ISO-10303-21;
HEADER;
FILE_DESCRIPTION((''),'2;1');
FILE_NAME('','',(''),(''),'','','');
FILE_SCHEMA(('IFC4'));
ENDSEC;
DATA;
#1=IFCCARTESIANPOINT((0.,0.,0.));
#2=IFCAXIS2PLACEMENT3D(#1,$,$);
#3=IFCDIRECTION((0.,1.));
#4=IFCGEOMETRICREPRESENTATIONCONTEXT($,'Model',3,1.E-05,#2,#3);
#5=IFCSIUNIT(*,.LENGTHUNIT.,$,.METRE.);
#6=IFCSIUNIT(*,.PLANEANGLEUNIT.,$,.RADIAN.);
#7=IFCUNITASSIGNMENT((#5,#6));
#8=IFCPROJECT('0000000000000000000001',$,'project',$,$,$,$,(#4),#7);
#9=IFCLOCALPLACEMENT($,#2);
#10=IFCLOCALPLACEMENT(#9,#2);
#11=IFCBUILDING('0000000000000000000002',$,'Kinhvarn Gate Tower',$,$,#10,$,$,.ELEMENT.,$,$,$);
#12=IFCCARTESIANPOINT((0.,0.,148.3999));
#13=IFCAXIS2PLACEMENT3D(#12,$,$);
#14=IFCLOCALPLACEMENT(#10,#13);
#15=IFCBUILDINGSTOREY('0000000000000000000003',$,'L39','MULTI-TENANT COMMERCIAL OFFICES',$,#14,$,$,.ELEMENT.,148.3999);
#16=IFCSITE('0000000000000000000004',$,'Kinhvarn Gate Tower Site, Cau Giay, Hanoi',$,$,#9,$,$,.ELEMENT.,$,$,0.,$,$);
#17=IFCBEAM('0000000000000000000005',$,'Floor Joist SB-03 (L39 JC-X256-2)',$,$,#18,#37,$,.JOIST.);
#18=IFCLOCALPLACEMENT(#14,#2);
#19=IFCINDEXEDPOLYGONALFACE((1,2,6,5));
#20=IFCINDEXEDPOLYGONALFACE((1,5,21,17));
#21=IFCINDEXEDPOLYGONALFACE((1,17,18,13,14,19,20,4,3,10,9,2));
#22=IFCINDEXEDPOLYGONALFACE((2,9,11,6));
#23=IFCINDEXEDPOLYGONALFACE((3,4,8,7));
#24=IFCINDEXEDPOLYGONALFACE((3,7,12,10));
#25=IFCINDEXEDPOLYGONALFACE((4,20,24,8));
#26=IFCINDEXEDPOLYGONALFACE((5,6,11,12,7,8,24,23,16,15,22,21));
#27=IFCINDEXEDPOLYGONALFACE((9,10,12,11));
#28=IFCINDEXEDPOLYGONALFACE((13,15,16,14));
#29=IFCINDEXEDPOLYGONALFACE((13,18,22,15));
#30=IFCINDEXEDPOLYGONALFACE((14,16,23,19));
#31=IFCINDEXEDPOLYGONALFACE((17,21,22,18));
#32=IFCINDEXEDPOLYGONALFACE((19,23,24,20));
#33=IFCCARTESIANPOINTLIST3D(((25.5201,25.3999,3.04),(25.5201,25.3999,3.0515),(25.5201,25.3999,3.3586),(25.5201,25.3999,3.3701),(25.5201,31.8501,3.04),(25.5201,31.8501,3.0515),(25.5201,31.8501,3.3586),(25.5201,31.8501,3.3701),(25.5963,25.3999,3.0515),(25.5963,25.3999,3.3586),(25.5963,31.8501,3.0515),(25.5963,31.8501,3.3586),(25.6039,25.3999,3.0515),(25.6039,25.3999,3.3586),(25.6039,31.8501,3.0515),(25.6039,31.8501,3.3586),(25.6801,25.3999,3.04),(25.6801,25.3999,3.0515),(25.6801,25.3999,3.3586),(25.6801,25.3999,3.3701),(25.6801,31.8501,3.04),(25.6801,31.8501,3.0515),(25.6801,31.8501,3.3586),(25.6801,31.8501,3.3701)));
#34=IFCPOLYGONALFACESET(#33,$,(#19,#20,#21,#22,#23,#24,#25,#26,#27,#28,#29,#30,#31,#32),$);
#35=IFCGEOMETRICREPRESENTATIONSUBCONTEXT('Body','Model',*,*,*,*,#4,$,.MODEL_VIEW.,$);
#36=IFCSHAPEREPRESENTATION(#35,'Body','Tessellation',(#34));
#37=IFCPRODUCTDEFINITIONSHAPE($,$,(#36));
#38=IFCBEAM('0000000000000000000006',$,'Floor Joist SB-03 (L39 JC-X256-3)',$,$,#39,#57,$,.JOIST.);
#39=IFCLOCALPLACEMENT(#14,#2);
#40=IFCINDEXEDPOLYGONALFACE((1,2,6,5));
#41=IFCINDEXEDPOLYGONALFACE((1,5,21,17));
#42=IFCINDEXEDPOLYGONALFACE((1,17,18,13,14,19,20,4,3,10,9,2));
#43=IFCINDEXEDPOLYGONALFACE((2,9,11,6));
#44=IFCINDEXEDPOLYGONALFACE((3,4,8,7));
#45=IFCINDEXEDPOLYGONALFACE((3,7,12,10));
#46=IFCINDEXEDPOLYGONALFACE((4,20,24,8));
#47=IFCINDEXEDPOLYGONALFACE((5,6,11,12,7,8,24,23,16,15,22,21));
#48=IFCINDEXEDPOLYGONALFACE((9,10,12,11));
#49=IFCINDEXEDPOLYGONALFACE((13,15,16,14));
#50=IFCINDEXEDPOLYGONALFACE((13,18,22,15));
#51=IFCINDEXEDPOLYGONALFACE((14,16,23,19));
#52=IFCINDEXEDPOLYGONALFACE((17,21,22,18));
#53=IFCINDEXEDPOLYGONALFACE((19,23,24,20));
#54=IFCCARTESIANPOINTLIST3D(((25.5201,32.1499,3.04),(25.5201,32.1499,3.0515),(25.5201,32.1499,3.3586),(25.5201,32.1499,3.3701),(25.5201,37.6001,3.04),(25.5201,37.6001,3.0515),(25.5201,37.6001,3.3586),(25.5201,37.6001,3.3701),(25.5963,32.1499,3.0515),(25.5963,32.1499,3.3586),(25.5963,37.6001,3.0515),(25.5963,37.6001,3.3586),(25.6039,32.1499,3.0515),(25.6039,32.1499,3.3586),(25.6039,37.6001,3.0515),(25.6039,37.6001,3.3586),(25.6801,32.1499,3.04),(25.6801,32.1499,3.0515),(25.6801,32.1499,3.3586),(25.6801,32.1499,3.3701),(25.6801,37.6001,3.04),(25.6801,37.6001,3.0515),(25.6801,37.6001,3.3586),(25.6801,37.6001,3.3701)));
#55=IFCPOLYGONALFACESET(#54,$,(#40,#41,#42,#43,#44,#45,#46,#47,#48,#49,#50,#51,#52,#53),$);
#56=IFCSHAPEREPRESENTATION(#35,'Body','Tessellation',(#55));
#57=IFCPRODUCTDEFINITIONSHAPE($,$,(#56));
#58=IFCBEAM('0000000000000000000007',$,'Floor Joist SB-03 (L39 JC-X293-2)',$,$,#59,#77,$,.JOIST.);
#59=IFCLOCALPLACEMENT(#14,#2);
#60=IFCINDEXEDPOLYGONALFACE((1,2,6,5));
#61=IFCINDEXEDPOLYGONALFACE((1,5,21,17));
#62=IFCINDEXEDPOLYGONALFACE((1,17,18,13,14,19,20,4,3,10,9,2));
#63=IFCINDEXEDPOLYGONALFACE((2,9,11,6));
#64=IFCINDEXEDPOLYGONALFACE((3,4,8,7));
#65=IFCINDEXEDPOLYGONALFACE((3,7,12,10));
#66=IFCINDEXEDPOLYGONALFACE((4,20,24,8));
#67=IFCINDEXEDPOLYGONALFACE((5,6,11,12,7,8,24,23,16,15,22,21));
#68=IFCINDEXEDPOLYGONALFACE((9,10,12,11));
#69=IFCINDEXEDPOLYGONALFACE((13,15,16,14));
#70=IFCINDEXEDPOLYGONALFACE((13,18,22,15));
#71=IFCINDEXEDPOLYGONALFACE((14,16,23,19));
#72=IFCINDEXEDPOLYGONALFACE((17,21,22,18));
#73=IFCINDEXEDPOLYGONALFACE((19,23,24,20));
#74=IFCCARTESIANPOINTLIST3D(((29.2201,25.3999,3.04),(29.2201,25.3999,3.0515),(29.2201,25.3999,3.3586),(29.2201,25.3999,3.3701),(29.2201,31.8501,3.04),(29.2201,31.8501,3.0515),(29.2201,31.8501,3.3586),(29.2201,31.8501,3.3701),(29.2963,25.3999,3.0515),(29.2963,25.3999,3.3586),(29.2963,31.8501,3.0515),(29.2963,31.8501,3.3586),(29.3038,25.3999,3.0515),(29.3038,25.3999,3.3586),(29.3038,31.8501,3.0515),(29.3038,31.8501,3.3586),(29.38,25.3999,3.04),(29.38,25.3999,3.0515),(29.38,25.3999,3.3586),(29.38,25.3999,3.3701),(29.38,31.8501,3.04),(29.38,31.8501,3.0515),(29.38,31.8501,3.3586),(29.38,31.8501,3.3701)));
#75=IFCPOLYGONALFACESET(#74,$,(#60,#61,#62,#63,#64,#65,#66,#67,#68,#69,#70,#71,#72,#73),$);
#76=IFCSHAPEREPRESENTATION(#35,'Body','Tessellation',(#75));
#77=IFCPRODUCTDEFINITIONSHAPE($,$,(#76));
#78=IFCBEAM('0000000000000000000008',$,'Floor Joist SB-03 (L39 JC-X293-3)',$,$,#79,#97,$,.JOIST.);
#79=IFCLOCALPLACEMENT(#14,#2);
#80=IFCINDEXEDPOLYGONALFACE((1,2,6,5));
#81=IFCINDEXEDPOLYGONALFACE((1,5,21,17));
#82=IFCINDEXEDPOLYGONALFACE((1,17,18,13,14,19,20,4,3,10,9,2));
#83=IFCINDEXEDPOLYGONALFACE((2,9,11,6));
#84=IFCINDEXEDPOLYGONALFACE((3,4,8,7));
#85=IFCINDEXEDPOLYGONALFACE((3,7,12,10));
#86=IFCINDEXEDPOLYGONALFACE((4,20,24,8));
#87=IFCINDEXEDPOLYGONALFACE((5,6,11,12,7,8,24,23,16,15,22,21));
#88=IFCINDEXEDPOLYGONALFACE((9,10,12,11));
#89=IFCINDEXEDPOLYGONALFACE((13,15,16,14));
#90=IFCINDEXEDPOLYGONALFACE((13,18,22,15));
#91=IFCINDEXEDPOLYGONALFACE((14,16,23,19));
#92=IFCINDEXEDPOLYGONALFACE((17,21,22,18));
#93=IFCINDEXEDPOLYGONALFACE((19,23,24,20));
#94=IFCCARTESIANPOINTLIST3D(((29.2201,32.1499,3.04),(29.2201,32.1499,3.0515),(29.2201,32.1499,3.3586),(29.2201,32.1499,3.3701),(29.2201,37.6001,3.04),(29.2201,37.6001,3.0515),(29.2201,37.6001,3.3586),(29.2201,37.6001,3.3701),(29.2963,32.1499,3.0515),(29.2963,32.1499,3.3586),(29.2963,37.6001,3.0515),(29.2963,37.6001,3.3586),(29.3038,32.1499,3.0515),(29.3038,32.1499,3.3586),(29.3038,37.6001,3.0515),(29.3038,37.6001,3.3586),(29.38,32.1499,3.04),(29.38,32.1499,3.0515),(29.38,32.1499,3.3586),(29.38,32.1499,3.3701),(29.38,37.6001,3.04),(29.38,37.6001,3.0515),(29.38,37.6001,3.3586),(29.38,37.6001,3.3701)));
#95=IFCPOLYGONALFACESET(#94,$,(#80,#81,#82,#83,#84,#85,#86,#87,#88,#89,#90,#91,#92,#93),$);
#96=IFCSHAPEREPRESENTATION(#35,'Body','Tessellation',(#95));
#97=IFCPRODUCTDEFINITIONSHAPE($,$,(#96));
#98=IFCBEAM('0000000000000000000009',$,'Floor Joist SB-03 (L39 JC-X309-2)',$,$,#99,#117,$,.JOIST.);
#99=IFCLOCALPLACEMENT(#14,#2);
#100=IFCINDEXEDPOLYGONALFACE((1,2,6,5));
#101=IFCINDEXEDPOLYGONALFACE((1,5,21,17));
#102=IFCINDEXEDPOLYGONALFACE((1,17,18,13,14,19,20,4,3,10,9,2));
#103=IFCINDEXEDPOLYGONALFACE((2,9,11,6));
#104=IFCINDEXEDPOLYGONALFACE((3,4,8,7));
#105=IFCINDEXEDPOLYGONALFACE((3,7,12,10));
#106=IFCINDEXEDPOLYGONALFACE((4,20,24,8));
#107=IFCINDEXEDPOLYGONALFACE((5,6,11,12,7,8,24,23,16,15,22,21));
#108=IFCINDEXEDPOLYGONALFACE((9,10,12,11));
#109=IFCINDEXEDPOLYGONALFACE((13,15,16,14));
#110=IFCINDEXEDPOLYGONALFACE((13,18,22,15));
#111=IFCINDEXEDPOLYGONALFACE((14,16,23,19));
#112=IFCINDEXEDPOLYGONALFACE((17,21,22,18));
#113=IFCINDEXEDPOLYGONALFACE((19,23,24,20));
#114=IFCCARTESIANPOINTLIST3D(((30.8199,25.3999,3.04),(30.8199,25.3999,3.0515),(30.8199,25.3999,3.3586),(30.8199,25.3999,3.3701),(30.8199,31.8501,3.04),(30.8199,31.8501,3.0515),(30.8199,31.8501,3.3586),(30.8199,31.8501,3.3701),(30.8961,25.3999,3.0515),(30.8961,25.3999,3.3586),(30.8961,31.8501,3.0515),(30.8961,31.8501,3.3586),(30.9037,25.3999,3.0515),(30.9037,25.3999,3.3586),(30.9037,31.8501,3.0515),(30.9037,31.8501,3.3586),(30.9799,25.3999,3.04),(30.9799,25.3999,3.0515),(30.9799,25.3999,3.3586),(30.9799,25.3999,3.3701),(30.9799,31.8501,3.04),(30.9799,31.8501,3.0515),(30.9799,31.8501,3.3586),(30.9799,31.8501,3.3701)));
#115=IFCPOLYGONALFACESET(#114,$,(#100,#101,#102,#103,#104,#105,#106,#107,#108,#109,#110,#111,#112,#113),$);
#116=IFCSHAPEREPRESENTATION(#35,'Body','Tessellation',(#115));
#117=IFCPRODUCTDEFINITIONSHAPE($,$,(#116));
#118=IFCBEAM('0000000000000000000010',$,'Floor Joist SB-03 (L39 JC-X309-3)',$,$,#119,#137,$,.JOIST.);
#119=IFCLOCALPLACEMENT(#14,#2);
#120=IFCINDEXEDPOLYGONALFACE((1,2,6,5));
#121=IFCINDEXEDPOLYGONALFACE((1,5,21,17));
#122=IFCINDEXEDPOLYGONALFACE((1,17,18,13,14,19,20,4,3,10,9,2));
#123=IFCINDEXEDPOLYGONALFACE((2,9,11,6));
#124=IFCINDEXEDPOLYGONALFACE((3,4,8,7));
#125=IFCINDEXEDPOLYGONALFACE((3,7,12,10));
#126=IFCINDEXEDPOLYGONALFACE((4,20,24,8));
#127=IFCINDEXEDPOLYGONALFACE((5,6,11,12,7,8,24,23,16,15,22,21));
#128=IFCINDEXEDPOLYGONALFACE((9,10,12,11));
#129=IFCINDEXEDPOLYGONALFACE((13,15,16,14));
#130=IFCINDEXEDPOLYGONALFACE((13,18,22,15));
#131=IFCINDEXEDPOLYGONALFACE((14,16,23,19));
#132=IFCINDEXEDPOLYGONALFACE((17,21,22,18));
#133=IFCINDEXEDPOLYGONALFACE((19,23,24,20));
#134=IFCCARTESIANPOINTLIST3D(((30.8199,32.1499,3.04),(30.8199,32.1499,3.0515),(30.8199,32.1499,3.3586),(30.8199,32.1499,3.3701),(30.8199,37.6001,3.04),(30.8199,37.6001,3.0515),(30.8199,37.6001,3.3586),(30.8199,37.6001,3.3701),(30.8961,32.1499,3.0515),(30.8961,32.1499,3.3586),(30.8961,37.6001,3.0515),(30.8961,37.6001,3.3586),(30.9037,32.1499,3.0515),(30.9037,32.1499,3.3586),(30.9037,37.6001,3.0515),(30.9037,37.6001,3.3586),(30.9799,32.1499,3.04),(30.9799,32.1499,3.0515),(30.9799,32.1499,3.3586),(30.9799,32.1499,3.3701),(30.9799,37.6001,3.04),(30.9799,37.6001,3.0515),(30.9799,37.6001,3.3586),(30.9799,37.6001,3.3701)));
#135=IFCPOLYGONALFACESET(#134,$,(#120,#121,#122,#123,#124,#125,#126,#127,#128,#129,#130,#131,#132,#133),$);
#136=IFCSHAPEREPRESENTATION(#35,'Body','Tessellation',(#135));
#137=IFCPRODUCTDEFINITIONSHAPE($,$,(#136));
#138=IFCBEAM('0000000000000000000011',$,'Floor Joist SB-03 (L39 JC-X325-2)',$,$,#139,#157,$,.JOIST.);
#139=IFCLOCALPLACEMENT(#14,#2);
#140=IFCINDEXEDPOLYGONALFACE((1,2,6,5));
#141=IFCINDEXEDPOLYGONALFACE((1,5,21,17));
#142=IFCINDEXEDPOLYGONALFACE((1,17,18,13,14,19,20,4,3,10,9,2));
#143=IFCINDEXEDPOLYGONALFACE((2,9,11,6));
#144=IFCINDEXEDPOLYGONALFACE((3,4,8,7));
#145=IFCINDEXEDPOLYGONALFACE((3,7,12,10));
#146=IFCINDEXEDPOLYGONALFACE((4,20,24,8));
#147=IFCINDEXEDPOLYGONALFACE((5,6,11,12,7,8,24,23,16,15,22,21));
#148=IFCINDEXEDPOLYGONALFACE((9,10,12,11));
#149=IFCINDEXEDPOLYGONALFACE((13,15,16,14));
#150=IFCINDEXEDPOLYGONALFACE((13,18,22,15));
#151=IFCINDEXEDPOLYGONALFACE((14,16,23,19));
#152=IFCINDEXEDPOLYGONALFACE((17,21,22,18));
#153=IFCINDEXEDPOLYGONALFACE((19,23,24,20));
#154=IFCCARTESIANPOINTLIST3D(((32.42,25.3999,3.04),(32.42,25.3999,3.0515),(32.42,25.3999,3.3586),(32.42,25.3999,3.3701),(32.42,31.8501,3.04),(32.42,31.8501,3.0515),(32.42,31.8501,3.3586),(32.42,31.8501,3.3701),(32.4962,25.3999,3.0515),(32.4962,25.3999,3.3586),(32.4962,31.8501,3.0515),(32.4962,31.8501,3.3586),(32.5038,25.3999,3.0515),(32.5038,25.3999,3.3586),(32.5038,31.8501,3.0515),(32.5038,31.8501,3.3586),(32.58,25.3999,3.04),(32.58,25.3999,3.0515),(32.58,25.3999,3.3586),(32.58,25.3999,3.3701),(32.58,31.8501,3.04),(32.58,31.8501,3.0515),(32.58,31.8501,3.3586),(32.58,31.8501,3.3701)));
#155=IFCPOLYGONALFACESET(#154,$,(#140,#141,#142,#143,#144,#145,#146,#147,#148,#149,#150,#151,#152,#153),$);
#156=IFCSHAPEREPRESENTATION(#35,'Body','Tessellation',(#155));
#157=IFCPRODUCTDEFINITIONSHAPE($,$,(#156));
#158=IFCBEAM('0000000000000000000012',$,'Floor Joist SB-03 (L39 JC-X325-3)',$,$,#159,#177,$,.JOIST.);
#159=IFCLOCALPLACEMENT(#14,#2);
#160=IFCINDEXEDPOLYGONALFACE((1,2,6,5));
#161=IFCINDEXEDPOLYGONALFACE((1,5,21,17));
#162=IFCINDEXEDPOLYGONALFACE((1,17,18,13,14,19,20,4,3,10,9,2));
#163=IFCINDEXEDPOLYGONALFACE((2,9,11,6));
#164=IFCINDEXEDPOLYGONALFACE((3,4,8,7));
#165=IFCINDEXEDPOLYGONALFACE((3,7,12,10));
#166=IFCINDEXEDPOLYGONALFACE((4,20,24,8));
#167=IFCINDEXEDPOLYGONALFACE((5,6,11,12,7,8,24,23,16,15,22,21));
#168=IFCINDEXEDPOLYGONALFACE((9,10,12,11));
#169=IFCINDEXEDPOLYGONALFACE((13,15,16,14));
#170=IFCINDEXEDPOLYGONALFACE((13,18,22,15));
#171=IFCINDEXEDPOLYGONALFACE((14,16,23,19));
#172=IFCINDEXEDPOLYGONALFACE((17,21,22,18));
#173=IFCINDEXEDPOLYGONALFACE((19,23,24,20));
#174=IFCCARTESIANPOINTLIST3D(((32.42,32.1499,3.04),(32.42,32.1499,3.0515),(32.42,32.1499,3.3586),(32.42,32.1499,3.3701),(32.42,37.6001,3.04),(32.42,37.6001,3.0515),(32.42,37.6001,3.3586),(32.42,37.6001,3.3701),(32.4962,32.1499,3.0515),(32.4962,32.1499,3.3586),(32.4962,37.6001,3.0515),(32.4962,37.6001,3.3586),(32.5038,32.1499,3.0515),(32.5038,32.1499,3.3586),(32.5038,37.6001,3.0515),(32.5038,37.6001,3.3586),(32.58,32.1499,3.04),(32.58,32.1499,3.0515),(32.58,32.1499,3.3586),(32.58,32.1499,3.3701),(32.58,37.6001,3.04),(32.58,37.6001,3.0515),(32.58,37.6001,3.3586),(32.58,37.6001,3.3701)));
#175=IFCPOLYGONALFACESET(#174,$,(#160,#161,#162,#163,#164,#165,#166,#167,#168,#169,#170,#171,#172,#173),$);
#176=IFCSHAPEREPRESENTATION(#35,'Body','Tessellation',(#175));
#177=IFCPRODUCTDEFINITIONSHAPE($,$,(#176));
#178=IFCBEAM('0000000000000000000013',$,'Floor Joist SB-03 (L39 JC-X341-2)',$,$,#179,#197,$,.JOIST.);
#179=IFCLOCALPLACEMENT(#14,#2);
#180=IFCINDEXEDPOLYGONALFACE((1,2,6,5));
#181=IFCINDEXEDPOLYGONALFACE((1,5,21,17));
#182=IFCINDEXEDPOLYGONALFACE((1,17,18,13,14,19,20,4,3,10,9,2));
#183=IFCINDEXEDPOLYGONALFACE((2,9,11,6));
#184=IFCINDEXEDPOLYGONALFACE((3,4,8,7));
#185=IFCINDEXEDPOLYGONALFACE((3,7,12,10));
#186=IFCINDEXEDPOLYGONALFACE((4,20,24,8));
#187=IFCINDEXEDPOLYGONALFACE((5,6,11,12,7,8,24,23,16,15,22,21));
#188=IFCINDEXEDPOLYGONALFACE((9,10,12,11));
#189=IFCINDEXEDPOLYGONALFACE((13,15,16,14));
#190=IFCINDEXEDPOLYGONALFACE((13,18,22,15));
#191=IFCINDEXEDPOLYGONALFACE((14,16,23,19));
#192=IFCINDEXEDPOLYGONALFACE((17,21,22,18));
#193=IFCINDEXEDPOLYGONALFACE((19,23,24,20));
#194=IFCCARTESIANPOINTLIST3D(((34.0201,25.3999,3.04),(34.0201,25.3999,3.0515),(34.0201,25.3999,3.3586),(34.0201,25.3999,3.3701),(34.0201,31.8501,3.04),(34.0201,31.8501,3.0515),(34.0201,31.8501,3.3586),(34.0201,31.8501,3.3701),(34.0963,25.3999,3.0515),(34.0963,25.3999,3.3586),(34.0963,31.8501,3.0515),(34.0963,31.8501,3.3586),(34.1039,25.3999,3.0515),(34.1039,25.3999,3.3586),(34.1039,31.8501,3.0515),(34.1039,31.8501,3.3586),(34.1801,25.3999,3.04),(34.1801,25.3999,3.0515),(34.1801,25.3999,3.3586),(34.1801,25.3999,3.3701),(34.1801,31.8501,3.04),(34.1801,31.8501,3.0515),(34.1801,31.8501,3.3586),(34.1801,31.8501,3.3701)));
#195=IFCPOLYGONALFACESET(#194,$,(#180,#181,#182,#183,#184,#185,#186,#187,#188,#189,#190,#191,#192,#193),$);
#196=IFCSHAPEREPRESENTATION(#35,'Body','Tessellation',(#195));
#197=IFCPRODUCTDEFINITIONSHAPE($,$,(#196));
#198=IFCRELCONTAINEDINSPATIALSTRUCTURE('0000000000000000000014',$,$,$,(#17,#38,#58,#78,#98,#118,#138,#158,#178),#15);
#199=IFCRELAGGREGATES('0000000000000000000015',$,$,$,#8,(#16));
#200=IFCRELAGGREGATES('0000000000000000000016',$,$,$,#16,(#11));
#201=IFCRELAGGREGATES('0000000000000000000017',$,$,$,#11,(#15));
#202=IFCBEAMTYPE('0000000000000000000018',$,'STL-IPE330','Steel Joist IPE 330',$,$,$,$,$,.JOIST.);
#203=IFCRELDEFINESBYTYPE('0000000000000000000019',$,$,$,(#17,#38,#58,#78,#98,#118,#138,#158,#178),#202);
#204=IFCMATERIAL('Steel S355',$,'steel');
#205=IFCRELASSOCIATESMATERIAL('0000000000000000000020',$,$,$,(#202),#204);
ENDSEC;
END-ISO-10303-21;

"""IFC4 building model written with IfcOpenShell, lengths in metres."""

from ifc_helpers import new_model, si_unit, direction, frame, origin, origin_2d, place, context, subcontext, project, spatial, i_section, extrude, material, material_profile, profile_set, type_object, element, save


model = new_model("IFC4")

# Units and contexts
model_context = context("Model", 3, precision=1e-05, world=origin(), true_north=direction((0.0, 1.0)))
body_context = subcontext(model_context, "Body", "Model", "MODEL_VIEW")
ifc_project = project(units=[si_unit("LENGTHUNIT", "METRE"), si_unit("PLANEANGLEUNIT", "RADIAN")], contexts=[model_context])

# Site, building, storey
site_placement = place(None, origin())
site = spatial("IfcSite", under=ifc_project, at=site_placement, Name="Kinhvarn Gate Tower Site, Cau Giay, Hanoi", CompositionType="ELEMENT", RefElevation=0.0)
building_placement = place(site_placement, origin())
building = spatial("IfcBuilding", under=site, at=building_placement, Name="Kinhvarn Gate Tower", CompositionType="ELEMENT")
storey_placement = place(building_placement, frame((0.0, 0.0, 148.3999)))
storey = spatial("IfcBuildingStorey", under=building, at=storey_placement, Name="L39", Description="MULTI-TENANT COMMERCIAL OFFICES", CompositionType="ELEMENT", Elevation=148.3999)

# Beams
ifc_material_1 = material(Name="Steel S355", Category="steel")
ifc_material_profile = material_profile(ifc_material_1, i_section(OverallWidth=0.1599, OverallDepth=0.3301, WebThickness=0.0076, FlangeThickness=0.0115, at=origin_2d()), Name="IPE 330")
ifc_profile_set = profile_set([ifc_material_profile], Name="Steel S355")
beam_type = type_object("IfcBeamType", Name="STL-IPE330", Description="Steel Joist IPE 330", PredefinedType="JOIST", material=ifc_profile_set)
beam_1_placement = place(storey_placement, frame((25.6001, 25.3999, 3.2051), z_axis=(0.0, 1.0, 0.0), x_axis=(-1.0, 0.0, 0.0)))
element("IfcBeam", 1, at=beam_1_placement, inside=storey, type_object=beam_type, Name="Floor Joist SB-03 (L39 JC-X256-2)", PredefinedType="JOIST", context=body_context, shape_type="SweptSolid", body=[
    extrude(i_section(OverallWidth=0.1599, OverallDepth=0.3301, WebThickness=0.0076, FlangeThickness=0.0115, at=origin_2d()), origin(), (0.0, 0.0, 1.0), 6.4502),
])
beam_2_placement = place(storey_placement, frame((25.6001, 32.1499, 3.2051), z_axis=(0.0, 1.0, 0.0), x_axis=(-1.0, 0.0, 0.0)))
element("IfcBeam", 2, at=beam_2_placement, inside=storey, type_object=beam_type, Name="Floor Joist SB-03 (L39 JC-X256-3)", PredefinedType="JOIST", context=body_context, shape_type="SweptSolid", body=[
    extrude(i_section(OverallWidth=0.1599, OverallDepth=0.3301, WebThickness=0.0076, FlangeThickness=0.0115, at=origin_2d()), origin(), (0.0, 0.0, 1.0), 5.4502),
])
beam_3_placement = place(storey_placement, frame((29.3, 25.3999, 3.2051), z_axis=(0.0, 1.0, 0.0), x_axis=(-1.0, 0.0, 0.0)))
element("IfcBeam", 3, at=beam_3_placement, inside=storey, type_object=beam_type, Name="Floor Joist SB-03 (L39 JC-X293-2)", PredefinedType="JOIST", context=body_context, shape_type="SweptSolid", body=[
    extrude(i_section(OverallWidth=0.1599, OverallDepth=0.3301, WebThickness=0.0076, FlangeThickness=0.0115, at=origin_2d()), origin(), (0.0, 0.0, 1.0), 6.4502),
])
beam_4_placement = place(storey_placement, frame((29.3, 32.1499, 3.2051), z_axis=(0.0, 1.0, 0.0), x_axis=(-1.0, 0.0, 0.0)))
element("IfcBeam", 4, at=beam_4_placement, inside=storey, type_object=beam_type, Name="Floor Joist SB-03 (L39 JC-X293-3)", PredefinedType="JOIST", context=body_context, shape_type="SweptSolid", body=[
    extrude(i_section(OverallWidth=0.1599, OverallDepth=0.3301, WebThickness=0.0076, FlangeThickness=0.0115, at=origin_2d()), origin(), (0.0, 0.0, 1.0), 5.4502),
])
beam_5_placement = place(storey_placement, frame((30.8999, 25.3999, 3.2051), z_axis=(0.0, 1.0, 0.0), x_axis=(-1.0, 0.0, 0.0)))
element("IfcBeam", 5, at=beam_5_placement, inside=storey, type_object=beam_type, Name="Floor Joist SB-03 (L39 JC-X309-2)", PredefinedType="JOIST", context=body_context, shape_type="SweptSolid", body=[
    extrude(i_section(OverallWidth=0.1599, OverallDepth=0.3301, WebThickness=0.0076, FlangeThickness=0.0115, at=origin_2d()), origin(), (0.0, 0.0, 1.0), 6.4502),
])
beam_6_placement = place(storey_placement, frame((30.8999, 32.1499, 3.2051), z_axis=(0.0, 1.0, 0.0), x_axis=(-1.0, 0.0, 0.0)))
element("IfcBeam", 6, at=beam_6_placement, inside=storey, type_object=beam_type, Name="Floor Joist SB-03 (L39 JC-X309-3)", PredefinedType="JOIST", context=body_context, shape_type="SweptSolid", body=[
    extrude(i_section(OverallWidth=0.1599, OverallDepth=0.3301, WebThickness=0.0076, FlangeThickness=0.0115, at=origin_2d()), origin(), (0.0, 0.0, 1.0), 5.4502),
])
beam_7_placement = place(storey_placement, frame((32.5, 25.3999, 3.2051), z_axis=(0.0, 1.0, 0.0), x_axis=(-1.0, 0.0, 0.0)))
element("IfcBeam", 7, at=beam_7_placement, inside=storey, type_object=beam_type, Name="Floor Joist SB-03 (L39 JC-X325-2)", PredefinedType="JOIST", context=body_context, shape_type="SweptSolid", body=[
    extrude(i_section(OverallWidth=0.1599, OverallDepth=0.3301, WebThickness=0.0076, FlangeThickness=0.0115, at=origin_2d()), origin(), (0.0, 0.0, 1.0), 6.4502),
])
beam_8_placement = place(storey_placement, frame((32.5, 32.1499, 3.2051), z_axis=(0.0, 1.0, 0.0), x_axis=(-1.0, 0.0, 0.0)))
element("IfcBeam", 8, at=beam_8_placement, inside=storey, type_object=beam_type, Name="Floor Joist SB-03 (L39 JC-X325-3)", PredefinedType="JOIST", context=body_context, shape_type="SweptSolid", body=[
    extrude(i_section(OverallWidth=0.1599, OverallDepth=0.3301, WebThickness=0.0076, FlangeThickness=0.0115, at=origin_2d()), origin(), (0.0, 0.0, 1.0), 5.4502),
])
beam_9_placement = place(storey_placement, frame((34.1001, 25.3999, 3.2051), z_axis=(0.0, 1.0, 0.0), x_axis=(-1.0, 0.0, 0.0)))
element("IfcBeam", 9, at=beam_9_placement, inside=storey, type_object=beam_type, Name="Floor Joist SB-03 (L39 JC-X341-2)", PredefinedType="JOIST", context=body_context, shape_type="SweptSolid", body=[
    extrude(i_section(OverallWidth=0.1599, OverallDepth=0.3301, WebThickness=0.0076, FlangeThickness=0.0115, at=origin_2d()), origin(), (0.0, 0.0, 1.0), 6.4502),
])

save(model, "model.ifc")
